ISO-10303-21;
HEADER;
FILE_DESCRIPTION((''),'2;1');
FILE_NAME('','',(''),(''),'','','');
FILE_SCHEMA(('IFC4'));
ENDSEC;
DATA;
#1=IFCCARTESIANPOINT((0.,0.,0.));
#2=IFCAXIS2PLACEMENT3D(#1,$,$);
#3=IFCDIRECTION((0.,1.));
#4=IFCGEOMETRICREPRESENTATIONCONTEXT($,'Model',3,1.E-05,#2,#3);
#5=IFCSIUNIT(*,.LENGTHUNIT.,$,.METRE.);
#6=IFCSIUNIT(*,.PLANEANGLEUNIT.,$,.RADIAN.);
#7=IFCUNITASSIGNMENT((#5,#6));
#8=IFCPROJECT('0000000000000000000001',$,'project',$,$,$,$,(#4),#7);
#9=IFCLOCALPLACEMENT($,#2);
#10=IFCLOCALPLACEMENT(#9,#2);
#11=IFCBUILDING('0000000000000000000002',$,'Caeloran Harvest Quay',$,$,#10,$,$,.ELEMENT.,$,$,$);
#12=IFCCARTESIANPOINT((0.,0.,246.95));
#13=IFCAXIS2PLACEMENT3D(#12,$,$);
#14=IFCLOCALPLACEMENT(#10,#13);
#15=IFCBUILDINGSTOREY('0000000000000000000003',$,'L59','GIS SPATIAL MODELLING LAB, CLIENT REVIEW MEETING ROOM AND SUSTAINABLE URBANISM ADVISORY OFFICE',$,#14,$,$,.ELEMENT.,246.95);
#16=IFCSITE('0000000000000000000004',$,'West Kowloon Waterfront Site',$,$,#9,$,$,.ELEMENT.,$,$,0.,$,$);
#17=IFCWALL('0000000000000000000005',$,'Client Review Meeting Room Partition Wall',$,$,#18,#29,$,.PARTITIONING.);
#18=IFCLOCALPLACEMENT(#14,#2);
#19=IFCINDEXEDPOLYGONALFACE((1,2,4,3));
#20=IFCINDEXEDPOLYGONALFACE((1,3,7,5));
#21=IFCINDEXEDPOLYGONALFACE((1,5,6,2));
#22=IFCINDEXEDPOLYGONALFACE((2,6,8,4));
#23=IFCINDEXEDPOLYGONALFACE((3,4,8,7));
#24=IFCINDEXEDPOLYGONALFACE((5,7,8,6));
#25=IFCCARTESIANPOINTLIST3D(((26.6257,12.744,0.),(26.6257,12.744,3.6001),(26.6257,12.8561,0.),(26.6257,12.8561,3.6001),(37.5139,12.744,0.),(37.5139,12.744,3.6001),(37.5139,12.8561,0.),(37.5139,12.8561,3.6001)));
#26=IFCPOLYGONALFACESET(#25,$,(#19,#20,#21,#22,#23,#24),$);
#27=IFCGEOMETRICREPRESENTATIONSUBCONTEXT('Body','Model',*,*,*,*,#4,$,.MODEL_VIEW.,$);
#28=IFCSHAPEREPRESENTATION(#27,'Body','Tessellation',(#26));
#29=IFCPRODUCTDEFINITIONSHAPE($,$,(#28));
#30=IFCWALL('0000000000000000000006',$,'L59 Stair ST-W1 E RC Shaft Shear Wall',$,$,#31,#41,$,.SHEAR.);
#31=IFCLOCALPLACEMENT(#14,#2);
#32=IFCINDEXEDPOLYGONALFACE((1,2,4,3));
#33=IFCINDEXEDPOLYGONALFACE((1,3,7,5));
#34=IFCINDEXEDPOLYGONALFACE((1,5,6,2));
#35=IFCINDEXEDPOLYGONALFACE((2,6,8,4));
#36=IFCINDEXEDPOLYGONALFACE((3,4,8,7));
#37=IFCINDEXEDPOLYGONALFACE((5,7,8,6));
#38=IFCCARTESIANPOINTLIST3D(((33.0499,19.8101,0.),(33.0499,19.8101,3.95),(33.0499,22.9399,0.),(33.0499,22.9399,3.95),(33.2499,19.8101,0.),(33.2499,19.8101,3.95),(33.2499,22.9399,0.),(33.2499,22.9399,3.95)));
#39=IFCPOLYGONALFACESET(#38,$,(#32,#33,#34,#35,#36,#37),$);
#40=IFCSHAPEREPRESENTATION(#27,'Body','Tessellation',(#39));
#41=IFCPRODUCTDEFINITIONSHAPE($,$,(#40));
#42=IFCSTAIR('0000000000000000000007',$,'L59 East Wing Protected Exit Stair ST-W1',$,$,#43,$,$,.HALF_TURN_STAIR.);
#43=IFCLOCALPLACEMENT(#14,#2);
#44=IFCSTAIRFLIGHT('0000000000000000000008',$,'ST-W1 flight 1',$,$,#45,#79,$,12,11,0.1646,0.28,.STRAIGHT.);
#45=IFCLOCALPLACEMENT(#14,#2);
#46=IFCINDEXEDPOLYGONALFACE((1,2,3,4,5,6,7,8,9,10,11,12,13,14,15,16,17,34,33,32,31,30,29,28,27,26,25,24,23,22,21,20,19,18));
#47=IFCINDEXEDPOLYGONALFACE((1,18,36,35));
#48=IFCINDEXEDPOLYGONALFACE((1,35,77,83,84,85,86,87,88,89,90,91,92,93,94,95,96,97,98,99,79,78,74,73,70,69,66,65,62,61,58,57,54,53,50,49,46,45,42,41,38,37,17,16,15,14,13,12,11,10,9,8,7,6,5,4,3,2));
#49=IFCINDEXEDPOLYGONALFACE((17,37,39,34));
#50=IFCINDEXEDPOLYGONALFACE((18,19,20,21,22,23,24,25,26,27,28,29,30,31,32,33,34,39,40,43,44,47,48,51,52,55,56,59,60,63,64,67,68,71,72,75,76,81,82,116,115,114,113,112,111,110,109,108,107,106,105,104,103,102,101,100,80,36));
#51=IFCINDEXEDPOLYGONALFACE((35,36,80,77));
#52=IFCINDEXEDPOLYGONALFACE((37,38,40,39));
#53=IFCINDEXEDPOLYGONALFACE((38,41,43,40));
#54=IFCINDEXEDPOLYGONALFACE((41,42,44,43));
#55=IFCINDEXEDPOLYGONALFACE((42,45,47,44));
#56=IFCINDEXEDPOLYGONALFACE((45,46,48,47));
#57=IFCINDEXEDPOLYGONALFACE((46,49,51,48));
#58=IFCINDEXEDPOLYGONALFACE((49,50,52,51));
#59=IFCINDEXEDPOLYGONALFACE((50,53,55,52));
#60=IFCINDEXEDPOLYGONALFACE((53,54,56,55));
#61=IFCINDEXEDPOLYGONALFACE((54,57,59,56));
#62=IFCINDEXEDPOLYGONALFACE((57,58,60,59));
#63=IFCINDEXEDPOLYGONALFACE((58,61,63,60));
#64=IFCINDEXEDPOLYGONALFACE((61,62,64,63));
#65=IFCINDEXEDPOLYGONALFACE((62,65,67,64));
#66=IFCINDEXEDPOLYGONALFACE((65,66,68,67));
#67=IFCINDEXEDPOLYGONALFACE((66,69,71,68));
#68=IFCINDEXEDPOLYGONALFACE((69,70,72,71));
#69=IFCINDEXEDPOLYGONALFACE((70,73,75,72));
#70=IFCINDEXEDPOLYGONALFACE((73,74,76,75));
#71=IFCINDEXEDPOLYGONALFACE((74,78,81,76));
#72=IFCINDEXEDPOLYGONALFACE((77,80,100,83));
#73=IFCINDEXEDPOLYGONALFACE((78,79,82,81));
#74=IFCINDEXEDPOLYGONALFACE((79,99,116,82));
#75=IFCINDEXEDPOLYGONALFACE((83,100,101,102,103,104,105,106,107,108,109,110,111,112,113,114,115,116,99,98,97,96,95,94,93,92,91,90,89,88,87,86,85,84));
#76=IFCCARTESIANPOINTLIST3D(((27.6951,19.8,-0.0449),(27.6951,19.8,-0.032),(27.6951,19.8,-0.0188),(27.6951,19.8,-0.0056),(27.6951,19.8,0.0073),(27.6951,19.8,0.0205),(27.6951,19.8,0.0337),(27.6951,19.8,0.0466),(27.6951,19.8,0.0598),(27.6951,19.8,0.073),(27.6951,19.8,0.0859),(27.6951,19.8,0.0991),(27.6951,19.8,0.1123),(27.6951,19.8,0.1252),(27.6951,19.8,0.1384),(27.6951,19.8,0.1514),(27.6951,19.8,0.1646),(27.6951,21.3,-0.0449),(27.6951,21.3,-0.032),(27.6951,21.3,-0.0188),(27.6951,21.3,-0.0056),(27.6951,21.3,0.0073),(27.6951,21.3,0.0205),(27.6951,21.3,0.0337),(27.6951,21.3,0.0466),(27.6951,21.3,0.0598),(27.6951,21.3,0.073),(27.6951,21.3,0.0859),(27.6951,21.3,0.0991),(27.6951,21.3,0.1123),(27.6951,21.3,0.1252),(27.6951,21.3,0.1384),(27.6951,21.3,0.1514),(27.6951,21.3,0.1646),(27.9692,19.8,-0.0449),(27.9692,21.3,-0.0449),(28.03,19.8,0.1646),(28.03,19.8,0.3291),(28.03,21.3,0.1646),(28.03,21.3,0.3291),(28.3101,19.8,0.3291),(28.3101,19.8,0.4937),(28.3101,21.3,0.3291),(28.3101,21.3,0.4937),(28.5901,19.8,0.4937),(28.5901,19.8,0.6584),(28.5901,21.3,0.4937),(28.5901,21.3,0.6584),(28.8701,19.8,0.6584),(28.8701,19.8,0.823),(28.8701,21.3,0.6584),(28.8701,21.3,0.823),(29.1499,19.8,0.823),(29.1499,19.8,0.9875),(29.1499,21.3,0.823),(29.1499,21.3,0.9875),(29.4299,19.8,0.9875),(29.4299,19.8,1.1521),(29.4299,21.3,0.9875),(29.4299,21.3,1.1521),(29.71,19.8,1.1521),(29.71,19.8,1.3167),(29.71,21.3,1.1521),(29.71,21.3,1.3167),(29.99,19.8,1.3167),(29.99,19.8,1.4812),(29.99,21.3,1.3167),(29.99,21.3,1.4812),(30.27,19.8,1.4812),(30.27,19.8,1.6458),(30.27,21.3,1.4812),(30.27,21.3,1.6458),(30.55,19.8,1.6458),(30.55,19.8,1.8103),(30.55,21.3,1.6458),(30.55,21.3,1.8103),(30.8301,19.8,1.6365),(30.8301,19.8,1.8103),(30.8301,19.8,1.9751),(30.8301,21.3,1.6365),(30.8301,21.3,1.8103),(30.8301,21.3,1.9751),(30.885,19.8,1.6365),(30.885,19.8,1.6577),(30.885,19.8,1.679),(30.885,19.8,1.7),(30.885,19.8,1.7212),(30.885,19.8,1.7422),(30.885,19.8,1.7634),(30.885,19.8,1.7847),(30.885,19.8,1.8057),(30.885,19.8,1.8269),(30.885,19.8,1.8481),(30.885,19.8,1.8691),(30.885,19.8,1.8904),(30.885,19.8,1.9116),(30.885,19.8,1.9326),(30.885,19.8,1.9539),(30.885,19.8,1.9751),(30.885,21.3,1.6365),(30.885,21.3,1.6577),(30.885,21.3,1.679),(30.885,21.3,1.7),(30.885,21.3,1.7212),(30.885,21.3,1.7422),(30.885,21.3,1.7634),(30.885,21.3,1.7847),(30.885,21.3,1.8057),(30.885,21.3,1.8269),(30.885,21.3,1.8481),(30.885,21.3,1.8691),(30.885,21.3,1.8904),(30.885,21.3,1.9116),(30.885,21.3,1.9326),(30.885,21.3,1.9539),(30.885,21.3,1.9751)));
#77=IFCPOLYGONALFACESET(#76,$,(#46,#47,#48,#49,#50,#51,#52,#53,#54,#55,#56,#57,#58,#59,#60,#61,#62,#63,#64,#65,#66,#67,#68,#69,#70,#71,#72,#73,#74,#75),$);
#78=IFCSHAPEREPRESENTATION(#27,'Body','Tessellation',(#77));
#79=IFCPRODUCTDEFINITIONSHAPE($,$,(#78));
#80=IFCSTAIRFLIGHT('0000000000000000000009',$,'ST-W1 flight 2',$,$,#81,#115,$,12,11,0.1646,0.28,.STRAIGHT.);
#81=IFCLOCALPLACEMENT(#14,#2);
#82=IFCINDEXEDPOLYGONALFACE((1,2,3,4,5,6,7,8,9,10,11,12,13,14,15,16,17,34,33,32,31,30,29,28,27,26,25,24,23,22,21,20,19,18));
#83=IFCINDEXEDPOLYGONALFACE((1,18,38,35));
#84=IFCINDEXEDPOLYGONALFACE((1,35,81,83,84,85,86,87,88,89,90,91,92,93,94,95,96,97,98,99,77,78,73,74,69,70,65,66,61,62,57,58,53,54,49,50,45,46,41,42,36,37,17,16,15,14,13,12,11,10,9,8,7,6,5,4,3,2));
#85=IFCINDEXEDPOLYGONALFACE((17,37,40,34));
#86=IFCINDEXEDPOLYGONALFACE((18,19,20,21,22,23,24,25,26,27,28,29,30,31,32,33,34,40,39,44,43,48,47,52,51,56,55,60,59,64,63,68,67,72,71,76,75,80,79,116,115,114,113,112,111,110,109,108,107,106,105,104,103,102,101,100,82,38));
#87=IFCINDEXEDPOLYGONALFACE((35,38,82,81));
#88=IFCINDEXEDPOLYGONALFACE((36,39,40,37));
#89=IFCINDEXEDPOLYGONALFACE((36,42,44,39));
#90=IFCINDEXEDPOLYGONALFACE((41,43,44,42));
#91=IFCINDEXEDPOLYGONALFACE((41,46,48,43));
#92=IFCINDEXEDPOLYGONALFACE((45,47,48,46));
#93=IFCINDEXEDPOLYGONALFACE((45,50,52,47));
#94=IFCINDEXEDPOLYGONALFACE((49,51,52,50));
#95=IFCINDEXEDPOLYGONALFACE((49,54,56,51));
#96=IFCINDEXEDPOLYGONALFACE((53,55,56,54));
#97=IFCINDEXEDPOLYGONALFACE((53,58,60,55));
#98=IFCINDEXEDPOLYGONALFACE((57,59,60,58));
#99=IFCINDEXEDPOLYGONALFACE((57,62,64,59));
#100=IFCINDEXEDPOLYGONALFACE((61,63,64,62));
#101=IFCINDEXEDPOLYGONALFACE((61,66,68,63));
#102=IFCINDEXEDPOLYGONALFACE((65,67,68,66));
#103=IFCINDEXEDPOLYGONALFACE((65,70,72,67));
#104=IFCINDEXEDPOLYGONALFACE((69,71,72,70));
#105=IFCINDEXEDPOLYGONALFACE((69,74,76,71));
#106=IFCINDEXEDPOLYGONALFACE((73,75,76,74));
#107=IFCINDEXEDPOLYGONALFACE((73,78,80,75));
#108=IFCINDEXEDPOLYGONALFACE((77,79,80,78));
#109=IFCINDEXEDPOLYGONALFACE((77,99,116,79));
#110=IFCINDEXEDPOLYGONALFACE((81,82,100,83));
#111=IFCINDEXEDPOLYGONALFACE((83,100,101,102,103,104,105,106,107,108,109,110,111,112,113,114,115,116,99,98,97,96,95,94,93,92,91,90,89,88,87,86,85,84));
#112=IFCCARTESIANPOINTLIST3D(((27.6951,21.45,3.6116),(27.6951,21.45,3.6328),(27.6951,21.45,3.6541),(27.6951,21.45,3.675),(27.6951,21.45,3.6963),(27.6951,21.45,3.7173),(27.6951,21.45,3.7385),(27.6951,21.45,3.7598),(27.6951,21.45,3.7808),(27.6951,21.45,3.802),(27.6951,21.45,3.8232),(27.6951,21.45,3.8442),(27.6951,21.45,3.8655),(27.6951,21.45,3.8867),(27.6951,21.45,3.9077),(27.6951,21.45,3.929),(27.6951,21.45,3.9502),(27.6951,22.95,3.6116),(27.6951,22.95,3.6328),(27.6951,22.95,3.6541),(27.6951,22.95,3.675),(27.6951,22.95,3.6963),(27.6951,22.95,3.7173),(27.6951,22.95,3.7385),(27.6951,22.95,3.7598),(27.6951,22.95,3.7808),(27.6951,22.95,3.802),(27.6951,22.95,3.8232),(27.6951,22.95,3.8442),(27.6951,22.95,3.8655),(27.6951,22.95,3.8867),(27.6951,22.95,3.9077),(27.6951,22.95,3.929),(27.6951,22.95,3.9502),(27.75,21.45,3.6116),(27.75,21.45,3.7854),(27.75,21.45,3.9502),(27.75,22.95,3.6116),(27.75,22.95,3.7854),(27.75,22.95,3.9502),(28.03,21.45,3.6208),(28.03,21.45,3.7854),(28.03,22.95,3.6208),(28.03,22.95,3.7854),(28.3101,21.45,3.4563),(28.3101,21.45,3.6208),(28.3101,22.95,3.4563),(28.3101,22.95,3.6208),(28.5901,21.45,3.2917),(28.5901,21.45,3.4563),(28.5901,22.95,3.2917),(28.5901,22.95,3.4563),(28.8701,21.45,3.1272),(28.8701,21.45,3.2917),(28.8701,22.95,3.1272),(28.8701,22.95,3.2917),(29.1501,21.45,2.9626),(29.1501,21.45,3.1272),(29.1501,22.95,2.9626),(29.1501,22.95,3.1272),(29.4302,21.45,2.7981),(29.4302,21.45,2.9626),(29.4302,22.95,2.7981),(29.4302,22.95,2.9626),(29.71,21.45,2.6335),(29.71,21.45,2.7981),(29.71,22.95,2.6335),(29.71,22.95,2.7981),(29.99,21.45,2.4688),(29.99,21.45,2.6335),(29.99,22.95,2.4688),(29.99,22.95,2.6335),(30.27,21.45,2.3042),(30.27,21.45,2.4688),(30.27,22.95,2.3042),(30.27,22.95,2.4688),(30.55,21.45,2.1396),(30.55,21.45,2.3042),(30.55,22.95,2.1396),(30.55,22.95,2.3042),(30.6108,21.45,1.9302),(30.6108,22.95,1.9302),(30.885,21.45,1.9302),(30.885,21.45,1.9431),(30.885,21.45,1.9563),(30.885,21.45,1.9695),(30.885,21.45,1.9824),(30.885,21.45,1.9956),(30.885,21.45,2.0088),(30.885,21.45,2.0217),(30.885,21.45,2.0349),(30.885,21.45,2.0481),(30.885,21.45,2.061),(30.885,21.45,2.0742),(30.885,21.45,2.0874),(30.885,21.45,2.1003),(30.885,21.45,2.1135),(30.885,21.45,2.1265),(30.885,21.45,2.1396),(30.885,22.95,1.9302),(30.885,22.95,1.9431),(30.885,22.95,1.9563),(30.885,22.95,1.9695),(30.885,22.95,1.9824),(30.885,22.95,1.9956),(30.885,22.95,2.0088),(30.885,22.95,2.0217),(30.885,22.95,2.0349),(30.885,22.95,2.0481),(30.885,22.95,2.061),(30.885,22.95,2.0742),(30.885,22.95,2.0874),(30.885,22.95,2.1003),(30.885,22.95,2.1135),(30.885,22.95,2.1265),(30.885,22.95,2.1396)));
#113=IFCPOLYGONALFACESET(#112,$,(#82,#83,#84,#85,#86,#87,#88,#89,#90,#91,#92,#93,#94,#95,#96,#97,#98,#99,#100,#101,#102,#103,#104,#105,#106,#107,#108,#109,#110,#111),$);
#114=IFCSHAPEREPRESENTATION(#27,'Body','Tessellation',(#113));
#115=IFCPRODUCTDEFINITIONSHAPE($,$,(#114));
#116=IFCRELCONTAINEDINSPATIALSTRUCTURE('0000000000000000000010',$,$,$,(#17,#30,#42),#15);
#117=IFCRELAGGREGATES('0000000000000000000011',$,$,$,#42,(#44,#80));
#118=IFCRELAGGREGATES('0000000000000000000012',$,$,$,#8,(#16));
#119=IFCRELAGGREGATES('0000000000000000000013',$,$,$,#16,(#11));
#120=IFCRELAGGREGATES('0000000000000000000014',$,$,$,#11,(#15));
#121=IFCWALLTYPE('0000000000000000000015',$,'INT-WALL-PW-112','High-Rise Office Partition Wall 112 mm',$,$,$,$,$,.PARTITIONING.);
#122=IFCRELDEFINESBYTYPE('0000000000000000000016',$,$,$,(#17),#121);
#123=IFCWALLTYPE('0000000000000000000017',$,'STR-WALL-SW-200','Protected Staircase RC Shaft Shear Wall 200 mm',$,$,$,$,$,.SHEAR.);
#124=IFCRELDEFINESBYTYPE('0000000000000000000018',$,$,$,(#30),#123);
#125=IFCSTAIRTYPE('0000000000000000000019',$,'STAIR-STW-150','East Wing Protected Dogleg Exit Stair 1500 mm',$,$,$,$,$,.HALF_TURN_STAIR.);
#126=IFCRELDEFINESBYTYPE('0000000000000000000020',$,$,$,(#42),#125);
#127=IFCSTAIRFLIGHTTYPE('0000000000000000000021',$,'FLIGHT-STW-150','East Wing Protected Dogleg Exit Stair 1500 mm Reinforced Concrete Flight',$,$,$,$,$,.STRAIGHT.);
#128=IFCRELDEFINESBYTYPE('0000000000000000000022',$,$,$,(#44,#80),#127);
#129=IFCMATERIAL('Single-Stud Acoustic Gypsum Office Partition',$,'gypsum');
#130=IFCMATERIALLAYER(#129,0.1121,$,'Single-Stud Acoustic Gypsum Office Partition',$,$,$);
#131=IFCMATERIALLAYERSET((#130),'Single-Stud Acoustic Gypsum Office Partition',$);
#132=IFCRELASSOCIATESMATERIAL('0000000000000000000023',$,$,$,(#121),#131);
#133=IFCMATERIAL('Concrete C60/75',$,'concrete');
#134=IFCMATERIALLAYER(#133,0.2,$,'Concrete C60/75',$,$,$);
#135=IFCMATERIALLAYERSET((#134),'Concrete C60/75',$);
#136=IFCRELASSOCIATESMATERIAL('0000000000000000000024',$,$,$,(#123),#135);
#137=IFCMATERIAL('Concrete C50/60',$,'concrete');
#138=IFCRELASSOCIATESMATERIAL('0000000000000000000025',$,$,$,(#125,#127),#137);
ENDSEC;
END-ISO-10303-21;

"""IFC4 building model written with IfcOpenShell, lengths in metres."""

from ifc_helpers import new_model, si_unit, direction, frame, frame_2d, origin, place, context, subcontext, project, spatial, polyline, rectangle, outline, extrude, material, layer, layer_set, type_object, element, aggregate, save


model = new_model("IFC4")

# Units and contexts
model_context = context("Model", 3, precision=1e-05, world=origin(), true_north=direction((0.0, 1.0)))
body_context = subcontext(model_context, "Body", "Model", "MODEL_VIEW")
ifc_project = project(units=[si_unit("LENGTHUNIT", "METRE"), si_unit("PLANEANGLEUNIT", "RADIAN")], contexts=[model_context])

# Site, building, storey
site_placement = place(None, origin())
site = spatial("IfcSite", under=ifc_project, at=site_placement, Name="West Kowloon Waterfront Site", CompositionType="ELEMENT", RefElevation=0.0)
building_placement = place(site_placement, origin())
building = spatial("IfcBuilding", under=site, at=building_placement, Name="Caeloran Harvest Quay", CompositionType="ELEMENT")
storey_placement = place(building_placement, frame((0.0, 0.0, 246.95)))
storey = spatial("IfcBuildingStorey", under=building, at=storey_placement, Name="L59", Description="GIS SPATIAL MODELLING LAB, CLIENT REVIEW MEETING ROOM AND SUSTAINABLE URBANISM ADVISORY OFFICE", CompositionType="ELEMENT", Elevation=246.95)

# Walls
ifc_material_1 = material(Name="Single-Stud Acoustic Gypsum Office Partition", Category="gypsum")
ifc_layer_1 = layer(ifc_material_1, 0.1121, Name="Single-Stud Acoustic Gypsum Office Partition")
ifc_layer_set_1 = layer_set([ifc_layer_1], Name="Single-Stud Acoustic Gypsum Office Partition")
wall_type_1 = type_object("IfcWallType", Name="INT-WALL-PW-112", Description="High-Rise Office Partition Wall 112 mm", PredefinedType="PARTITIONING", material=ifc_layer_set_1)
wall_1_placement = place(storey_placement, frame((37.5139, 12.8, 0.0), z_axis=(0.0, 0.0, 1.0), x_axis=(-1.0, 0.0, 0.0)))
element("IfcWall", 1, at=wall_1_placement, inside=storey, type_object=wall_type_1, Name="Client Review Meeting Room Partition Wall", PredefinedType="PARTITIONING", context=body_context, shape_type="SweptSolid", body=[
    extrude(rectangle(XDim=10.8882, YDim=0.1121, at=frame_2d((5.4441, 0.0))), origin(), (0.0, 0.0, 1.0), 3.6001),
])
ifc_material_2 = material(Name="Concrete C60/75", Category="concrete")
ifc_layer_2 = layer(ifc_material_2, 0.2, Name="Concrete C60/75")
ifc_layer_set_2 = layer_set([ifc_layer_2], Name="Concrete C60/75")
wall_type_2 = type_object("IfcWallType", Name="STR-WALL-SW-200", Description="Protected Staircase RC Shaft Shear Wall 200 mm", PredefinedType="SHEAR", material=ifc_layer_set_2)
wall_2_placement = place(storey_placement, frame((33.1499, 19.8101, 0.0), z_axis=(0.0, 0.0, 1.0), x_axis=(0.0, 1.0, 0.0)))
element("IfcWall", 2, at=wall_2_placement, inside=storey, type_object=wall_type_2, Name="L59 Stair ST-W1 E RC Shaft Shear Wall", PredefinedType="SHEAR", context=body_context, shape_type="SweptSolid", body=[
    extrude(rectangle(XDim=3.1299, YDim=0.2, at=frame_2d((1.5649, 0.0))), origin(), (0.0, 0.0, 1.0), 3.95),
])

# Stair, stair flights
ifc_material_3 = material(Name="Concrete C50/60", Category="concrete")
stair_type = type_object("IfcStairType", Name="STAIR-STW-150", Description="East Wing Protected Dogleg Exit Stair 1500 mm", PredefinedType="HALF_TURN_STAIR", material=ifc_material_3)
stair_placement = place(storey_placement, origin())
stair = element("IfcStair", 3, at=stair_placement, inside=storey, type_object=stair_type, Name="L59 East Wing Protected Exit Stair ST-W1", PredefinedType="HALF_TURN_STAIR")
stair_flight_type = type_object("IfcStairFlightType", Name="FLIGHT-STW-150", Description="East Wing Protected Dogleg Exit Stair 1500 mm Reinforced Concrete Flight", PredefinedType="STRAIGHT", material=ifc_material_3)
stair_flight_1_placement = place(storey_placement, frame((27.75, 20.55, 0.0), z_axis=(0.0, 0.0, 1.0), x_axis=(1.0, 0.0, 0.0)))
stair_flight_1 = element("IfcStairFlight", 4, at=stair_flight_1_placement, type_object=stair_flight_type, Name="ST-W1 flight 1", NumberOfRisers=12, NumberOfTreads=11, PredefinedType="STRAIGHT", RiserHeight=0.1646, TreadLength=0.28, context=body_context, shape_type="SweptSolid", body=[
    extrude(outline(polyline([(-0.0549, -0.0449), (-0.0549, -0.032), (-0.0549, -0.0188), (-0.0549, -0.0056), (-0.0549, 0.0073), (-0.0549, 0.0205), (-0.0549, 0.0337), (-0.0549, 0.0466), (-0.0549, 0.0598), (-0.0549, 0.073), (-0.0549, 0.0859), (-0.0549, 0.0991), (-0.0549, 0.1123), (-0.0549, 0.1252), (-0.0549, 0.1384), (-0.0549, 0.1514), (-0.0549, 0.1646), (0.28, 0.1646), (0.28, 0.3291), (0.5601, 0.3291), (0.5601, 0.4937), (0.8401, 0.4937), (0.8401, 0.6584), (1.1201, 0.6584), (1.1201, 0.823), (1.3999, 0.823), (1.3999, 0.9875), (1.6799, 0.9875), (1.6799, 1.1521), (1.96, 1.1521), (1.96, 1.3167), (2.24, 1.3167), (2.24, 1.4812), (2.52, 1.4812), (2.52, 1.6458), (2.8, 1.6458), (2.8, 1.8103), (3.0801, 1.8103), (3.0801, 1.9751), (3.135, 1.9751), (3.135, 1.9539), (3.135, 1.9326), (3.135, 1.9116), (3.135, 1.8904), (3.135, 1.8691), (3.135, 1.8481), (3.135, 1.8269), (3.135, 1.8057), (3.135, 1.7847), (3.135, 1.7634), (3.135, 1.7422), (3.135, 1.7212), (3.135, 1.7), (3.135, 1.679), (3.135, 1.6577), (3.135, 1.6365), (3.0801, 1.6365), (0.2192, -0.0449), (-0.0549, -0.0449)])), frame((0.0, 0.75, 0.0), z_axis=(0.0, -1.0, 0.0), x_axis=(1.0, 0.0, 0.0)), (0.0, 0.0, 1.0), 1.5),
])
stair_flight_2_placement = place(storey_placement, frame((30.8301, 22.2, 1.9751), z_axis=(0.0, 0.0, 1.0), x_axis=(-1.0, 0.0, 0.0)))
stair_flight_2 = element("IfcStairFlight", 5, at=stair_flight_2_placement, type_object=stair_flight_type, Name="ST-W1 flight 2", NumberOfRisers=12, NumberOfTreads=11, PredefinedType="STRAIGHT", RiserHeight=0.1646, TreadLength=0.28, context=body_context, shape_type="SweptSolid", body=[
    extrude(outline(polyline([(-0.0549, -0.0449), (-0.0549, -0.032), (-0.0549, -0.0188), (-0.0549, -0.0056), (-0.0549, 0.0073), (-0.0549, 0.0205), (-0.0549, 0.0337), (-0.0549, 0.0466), (-0.0549, 0.0598), (-0.0549, 0.073), (-0.0549, 0.0859), (-0.0549, 0.0991), (-0.0549, 0.1123), (-0.0549, 0.1252), (-0.0549, 0.1384), (-0.0549, 0.1514), (-0.0549, 0.1646), (0.28, 0.1646), (0.28, 0.3291), (0.5601, 0.3291), (0.5601, 0.4937), (0.8401, 0.4937), (0.8401, 0.6584), (1.1201, 0.6584), (1.1201, 0.823), (1.3999, 0.823), (1.3999, 0.9875), (1.6799, 0.9875), (1.6799, 1.1521), (1.96, 1.1521), (1.96, 1.3167), (2.24, 1.3167), (2.24, 1.4812), (2.52, 1.4812), (2.52, 1.6458), (2.8, 1.6458), (2.8, 1.8103), (3.0801, 1.8103), (3.0801, 1.9751), (3.135, 1.9751), (3.135, 1.9539), (3.135, 1.9326), (3.135, 1.9116), (3.135, 1.8904), (3.135, 1.8691), (3.135, 1.8481), (3.135, 1.8269), (3.135, 1.8057), (3.135, 1.7847), (3.135, 1.7634), (3.135, 1.7422), (3.135, 1.7212), (3.135, 1.7), (3.135, 1.679), (3.135, 1.6577), (3.135, 1.6365), (3.0801, 1.6365), (0.2192, -0.0449), (-0.0549, -0.0449)])), frame((0.0, 0.75, 0.0), z_axis=(0.0, -1.0, 0.0), x_axis=(1.0, 0.0, 0.0)), (0.0, 0.0, 1.0), 1.5),
])
aggregate(stair, [stair_flight_1, stair_flight_2])

save(model, "model.ifc")
